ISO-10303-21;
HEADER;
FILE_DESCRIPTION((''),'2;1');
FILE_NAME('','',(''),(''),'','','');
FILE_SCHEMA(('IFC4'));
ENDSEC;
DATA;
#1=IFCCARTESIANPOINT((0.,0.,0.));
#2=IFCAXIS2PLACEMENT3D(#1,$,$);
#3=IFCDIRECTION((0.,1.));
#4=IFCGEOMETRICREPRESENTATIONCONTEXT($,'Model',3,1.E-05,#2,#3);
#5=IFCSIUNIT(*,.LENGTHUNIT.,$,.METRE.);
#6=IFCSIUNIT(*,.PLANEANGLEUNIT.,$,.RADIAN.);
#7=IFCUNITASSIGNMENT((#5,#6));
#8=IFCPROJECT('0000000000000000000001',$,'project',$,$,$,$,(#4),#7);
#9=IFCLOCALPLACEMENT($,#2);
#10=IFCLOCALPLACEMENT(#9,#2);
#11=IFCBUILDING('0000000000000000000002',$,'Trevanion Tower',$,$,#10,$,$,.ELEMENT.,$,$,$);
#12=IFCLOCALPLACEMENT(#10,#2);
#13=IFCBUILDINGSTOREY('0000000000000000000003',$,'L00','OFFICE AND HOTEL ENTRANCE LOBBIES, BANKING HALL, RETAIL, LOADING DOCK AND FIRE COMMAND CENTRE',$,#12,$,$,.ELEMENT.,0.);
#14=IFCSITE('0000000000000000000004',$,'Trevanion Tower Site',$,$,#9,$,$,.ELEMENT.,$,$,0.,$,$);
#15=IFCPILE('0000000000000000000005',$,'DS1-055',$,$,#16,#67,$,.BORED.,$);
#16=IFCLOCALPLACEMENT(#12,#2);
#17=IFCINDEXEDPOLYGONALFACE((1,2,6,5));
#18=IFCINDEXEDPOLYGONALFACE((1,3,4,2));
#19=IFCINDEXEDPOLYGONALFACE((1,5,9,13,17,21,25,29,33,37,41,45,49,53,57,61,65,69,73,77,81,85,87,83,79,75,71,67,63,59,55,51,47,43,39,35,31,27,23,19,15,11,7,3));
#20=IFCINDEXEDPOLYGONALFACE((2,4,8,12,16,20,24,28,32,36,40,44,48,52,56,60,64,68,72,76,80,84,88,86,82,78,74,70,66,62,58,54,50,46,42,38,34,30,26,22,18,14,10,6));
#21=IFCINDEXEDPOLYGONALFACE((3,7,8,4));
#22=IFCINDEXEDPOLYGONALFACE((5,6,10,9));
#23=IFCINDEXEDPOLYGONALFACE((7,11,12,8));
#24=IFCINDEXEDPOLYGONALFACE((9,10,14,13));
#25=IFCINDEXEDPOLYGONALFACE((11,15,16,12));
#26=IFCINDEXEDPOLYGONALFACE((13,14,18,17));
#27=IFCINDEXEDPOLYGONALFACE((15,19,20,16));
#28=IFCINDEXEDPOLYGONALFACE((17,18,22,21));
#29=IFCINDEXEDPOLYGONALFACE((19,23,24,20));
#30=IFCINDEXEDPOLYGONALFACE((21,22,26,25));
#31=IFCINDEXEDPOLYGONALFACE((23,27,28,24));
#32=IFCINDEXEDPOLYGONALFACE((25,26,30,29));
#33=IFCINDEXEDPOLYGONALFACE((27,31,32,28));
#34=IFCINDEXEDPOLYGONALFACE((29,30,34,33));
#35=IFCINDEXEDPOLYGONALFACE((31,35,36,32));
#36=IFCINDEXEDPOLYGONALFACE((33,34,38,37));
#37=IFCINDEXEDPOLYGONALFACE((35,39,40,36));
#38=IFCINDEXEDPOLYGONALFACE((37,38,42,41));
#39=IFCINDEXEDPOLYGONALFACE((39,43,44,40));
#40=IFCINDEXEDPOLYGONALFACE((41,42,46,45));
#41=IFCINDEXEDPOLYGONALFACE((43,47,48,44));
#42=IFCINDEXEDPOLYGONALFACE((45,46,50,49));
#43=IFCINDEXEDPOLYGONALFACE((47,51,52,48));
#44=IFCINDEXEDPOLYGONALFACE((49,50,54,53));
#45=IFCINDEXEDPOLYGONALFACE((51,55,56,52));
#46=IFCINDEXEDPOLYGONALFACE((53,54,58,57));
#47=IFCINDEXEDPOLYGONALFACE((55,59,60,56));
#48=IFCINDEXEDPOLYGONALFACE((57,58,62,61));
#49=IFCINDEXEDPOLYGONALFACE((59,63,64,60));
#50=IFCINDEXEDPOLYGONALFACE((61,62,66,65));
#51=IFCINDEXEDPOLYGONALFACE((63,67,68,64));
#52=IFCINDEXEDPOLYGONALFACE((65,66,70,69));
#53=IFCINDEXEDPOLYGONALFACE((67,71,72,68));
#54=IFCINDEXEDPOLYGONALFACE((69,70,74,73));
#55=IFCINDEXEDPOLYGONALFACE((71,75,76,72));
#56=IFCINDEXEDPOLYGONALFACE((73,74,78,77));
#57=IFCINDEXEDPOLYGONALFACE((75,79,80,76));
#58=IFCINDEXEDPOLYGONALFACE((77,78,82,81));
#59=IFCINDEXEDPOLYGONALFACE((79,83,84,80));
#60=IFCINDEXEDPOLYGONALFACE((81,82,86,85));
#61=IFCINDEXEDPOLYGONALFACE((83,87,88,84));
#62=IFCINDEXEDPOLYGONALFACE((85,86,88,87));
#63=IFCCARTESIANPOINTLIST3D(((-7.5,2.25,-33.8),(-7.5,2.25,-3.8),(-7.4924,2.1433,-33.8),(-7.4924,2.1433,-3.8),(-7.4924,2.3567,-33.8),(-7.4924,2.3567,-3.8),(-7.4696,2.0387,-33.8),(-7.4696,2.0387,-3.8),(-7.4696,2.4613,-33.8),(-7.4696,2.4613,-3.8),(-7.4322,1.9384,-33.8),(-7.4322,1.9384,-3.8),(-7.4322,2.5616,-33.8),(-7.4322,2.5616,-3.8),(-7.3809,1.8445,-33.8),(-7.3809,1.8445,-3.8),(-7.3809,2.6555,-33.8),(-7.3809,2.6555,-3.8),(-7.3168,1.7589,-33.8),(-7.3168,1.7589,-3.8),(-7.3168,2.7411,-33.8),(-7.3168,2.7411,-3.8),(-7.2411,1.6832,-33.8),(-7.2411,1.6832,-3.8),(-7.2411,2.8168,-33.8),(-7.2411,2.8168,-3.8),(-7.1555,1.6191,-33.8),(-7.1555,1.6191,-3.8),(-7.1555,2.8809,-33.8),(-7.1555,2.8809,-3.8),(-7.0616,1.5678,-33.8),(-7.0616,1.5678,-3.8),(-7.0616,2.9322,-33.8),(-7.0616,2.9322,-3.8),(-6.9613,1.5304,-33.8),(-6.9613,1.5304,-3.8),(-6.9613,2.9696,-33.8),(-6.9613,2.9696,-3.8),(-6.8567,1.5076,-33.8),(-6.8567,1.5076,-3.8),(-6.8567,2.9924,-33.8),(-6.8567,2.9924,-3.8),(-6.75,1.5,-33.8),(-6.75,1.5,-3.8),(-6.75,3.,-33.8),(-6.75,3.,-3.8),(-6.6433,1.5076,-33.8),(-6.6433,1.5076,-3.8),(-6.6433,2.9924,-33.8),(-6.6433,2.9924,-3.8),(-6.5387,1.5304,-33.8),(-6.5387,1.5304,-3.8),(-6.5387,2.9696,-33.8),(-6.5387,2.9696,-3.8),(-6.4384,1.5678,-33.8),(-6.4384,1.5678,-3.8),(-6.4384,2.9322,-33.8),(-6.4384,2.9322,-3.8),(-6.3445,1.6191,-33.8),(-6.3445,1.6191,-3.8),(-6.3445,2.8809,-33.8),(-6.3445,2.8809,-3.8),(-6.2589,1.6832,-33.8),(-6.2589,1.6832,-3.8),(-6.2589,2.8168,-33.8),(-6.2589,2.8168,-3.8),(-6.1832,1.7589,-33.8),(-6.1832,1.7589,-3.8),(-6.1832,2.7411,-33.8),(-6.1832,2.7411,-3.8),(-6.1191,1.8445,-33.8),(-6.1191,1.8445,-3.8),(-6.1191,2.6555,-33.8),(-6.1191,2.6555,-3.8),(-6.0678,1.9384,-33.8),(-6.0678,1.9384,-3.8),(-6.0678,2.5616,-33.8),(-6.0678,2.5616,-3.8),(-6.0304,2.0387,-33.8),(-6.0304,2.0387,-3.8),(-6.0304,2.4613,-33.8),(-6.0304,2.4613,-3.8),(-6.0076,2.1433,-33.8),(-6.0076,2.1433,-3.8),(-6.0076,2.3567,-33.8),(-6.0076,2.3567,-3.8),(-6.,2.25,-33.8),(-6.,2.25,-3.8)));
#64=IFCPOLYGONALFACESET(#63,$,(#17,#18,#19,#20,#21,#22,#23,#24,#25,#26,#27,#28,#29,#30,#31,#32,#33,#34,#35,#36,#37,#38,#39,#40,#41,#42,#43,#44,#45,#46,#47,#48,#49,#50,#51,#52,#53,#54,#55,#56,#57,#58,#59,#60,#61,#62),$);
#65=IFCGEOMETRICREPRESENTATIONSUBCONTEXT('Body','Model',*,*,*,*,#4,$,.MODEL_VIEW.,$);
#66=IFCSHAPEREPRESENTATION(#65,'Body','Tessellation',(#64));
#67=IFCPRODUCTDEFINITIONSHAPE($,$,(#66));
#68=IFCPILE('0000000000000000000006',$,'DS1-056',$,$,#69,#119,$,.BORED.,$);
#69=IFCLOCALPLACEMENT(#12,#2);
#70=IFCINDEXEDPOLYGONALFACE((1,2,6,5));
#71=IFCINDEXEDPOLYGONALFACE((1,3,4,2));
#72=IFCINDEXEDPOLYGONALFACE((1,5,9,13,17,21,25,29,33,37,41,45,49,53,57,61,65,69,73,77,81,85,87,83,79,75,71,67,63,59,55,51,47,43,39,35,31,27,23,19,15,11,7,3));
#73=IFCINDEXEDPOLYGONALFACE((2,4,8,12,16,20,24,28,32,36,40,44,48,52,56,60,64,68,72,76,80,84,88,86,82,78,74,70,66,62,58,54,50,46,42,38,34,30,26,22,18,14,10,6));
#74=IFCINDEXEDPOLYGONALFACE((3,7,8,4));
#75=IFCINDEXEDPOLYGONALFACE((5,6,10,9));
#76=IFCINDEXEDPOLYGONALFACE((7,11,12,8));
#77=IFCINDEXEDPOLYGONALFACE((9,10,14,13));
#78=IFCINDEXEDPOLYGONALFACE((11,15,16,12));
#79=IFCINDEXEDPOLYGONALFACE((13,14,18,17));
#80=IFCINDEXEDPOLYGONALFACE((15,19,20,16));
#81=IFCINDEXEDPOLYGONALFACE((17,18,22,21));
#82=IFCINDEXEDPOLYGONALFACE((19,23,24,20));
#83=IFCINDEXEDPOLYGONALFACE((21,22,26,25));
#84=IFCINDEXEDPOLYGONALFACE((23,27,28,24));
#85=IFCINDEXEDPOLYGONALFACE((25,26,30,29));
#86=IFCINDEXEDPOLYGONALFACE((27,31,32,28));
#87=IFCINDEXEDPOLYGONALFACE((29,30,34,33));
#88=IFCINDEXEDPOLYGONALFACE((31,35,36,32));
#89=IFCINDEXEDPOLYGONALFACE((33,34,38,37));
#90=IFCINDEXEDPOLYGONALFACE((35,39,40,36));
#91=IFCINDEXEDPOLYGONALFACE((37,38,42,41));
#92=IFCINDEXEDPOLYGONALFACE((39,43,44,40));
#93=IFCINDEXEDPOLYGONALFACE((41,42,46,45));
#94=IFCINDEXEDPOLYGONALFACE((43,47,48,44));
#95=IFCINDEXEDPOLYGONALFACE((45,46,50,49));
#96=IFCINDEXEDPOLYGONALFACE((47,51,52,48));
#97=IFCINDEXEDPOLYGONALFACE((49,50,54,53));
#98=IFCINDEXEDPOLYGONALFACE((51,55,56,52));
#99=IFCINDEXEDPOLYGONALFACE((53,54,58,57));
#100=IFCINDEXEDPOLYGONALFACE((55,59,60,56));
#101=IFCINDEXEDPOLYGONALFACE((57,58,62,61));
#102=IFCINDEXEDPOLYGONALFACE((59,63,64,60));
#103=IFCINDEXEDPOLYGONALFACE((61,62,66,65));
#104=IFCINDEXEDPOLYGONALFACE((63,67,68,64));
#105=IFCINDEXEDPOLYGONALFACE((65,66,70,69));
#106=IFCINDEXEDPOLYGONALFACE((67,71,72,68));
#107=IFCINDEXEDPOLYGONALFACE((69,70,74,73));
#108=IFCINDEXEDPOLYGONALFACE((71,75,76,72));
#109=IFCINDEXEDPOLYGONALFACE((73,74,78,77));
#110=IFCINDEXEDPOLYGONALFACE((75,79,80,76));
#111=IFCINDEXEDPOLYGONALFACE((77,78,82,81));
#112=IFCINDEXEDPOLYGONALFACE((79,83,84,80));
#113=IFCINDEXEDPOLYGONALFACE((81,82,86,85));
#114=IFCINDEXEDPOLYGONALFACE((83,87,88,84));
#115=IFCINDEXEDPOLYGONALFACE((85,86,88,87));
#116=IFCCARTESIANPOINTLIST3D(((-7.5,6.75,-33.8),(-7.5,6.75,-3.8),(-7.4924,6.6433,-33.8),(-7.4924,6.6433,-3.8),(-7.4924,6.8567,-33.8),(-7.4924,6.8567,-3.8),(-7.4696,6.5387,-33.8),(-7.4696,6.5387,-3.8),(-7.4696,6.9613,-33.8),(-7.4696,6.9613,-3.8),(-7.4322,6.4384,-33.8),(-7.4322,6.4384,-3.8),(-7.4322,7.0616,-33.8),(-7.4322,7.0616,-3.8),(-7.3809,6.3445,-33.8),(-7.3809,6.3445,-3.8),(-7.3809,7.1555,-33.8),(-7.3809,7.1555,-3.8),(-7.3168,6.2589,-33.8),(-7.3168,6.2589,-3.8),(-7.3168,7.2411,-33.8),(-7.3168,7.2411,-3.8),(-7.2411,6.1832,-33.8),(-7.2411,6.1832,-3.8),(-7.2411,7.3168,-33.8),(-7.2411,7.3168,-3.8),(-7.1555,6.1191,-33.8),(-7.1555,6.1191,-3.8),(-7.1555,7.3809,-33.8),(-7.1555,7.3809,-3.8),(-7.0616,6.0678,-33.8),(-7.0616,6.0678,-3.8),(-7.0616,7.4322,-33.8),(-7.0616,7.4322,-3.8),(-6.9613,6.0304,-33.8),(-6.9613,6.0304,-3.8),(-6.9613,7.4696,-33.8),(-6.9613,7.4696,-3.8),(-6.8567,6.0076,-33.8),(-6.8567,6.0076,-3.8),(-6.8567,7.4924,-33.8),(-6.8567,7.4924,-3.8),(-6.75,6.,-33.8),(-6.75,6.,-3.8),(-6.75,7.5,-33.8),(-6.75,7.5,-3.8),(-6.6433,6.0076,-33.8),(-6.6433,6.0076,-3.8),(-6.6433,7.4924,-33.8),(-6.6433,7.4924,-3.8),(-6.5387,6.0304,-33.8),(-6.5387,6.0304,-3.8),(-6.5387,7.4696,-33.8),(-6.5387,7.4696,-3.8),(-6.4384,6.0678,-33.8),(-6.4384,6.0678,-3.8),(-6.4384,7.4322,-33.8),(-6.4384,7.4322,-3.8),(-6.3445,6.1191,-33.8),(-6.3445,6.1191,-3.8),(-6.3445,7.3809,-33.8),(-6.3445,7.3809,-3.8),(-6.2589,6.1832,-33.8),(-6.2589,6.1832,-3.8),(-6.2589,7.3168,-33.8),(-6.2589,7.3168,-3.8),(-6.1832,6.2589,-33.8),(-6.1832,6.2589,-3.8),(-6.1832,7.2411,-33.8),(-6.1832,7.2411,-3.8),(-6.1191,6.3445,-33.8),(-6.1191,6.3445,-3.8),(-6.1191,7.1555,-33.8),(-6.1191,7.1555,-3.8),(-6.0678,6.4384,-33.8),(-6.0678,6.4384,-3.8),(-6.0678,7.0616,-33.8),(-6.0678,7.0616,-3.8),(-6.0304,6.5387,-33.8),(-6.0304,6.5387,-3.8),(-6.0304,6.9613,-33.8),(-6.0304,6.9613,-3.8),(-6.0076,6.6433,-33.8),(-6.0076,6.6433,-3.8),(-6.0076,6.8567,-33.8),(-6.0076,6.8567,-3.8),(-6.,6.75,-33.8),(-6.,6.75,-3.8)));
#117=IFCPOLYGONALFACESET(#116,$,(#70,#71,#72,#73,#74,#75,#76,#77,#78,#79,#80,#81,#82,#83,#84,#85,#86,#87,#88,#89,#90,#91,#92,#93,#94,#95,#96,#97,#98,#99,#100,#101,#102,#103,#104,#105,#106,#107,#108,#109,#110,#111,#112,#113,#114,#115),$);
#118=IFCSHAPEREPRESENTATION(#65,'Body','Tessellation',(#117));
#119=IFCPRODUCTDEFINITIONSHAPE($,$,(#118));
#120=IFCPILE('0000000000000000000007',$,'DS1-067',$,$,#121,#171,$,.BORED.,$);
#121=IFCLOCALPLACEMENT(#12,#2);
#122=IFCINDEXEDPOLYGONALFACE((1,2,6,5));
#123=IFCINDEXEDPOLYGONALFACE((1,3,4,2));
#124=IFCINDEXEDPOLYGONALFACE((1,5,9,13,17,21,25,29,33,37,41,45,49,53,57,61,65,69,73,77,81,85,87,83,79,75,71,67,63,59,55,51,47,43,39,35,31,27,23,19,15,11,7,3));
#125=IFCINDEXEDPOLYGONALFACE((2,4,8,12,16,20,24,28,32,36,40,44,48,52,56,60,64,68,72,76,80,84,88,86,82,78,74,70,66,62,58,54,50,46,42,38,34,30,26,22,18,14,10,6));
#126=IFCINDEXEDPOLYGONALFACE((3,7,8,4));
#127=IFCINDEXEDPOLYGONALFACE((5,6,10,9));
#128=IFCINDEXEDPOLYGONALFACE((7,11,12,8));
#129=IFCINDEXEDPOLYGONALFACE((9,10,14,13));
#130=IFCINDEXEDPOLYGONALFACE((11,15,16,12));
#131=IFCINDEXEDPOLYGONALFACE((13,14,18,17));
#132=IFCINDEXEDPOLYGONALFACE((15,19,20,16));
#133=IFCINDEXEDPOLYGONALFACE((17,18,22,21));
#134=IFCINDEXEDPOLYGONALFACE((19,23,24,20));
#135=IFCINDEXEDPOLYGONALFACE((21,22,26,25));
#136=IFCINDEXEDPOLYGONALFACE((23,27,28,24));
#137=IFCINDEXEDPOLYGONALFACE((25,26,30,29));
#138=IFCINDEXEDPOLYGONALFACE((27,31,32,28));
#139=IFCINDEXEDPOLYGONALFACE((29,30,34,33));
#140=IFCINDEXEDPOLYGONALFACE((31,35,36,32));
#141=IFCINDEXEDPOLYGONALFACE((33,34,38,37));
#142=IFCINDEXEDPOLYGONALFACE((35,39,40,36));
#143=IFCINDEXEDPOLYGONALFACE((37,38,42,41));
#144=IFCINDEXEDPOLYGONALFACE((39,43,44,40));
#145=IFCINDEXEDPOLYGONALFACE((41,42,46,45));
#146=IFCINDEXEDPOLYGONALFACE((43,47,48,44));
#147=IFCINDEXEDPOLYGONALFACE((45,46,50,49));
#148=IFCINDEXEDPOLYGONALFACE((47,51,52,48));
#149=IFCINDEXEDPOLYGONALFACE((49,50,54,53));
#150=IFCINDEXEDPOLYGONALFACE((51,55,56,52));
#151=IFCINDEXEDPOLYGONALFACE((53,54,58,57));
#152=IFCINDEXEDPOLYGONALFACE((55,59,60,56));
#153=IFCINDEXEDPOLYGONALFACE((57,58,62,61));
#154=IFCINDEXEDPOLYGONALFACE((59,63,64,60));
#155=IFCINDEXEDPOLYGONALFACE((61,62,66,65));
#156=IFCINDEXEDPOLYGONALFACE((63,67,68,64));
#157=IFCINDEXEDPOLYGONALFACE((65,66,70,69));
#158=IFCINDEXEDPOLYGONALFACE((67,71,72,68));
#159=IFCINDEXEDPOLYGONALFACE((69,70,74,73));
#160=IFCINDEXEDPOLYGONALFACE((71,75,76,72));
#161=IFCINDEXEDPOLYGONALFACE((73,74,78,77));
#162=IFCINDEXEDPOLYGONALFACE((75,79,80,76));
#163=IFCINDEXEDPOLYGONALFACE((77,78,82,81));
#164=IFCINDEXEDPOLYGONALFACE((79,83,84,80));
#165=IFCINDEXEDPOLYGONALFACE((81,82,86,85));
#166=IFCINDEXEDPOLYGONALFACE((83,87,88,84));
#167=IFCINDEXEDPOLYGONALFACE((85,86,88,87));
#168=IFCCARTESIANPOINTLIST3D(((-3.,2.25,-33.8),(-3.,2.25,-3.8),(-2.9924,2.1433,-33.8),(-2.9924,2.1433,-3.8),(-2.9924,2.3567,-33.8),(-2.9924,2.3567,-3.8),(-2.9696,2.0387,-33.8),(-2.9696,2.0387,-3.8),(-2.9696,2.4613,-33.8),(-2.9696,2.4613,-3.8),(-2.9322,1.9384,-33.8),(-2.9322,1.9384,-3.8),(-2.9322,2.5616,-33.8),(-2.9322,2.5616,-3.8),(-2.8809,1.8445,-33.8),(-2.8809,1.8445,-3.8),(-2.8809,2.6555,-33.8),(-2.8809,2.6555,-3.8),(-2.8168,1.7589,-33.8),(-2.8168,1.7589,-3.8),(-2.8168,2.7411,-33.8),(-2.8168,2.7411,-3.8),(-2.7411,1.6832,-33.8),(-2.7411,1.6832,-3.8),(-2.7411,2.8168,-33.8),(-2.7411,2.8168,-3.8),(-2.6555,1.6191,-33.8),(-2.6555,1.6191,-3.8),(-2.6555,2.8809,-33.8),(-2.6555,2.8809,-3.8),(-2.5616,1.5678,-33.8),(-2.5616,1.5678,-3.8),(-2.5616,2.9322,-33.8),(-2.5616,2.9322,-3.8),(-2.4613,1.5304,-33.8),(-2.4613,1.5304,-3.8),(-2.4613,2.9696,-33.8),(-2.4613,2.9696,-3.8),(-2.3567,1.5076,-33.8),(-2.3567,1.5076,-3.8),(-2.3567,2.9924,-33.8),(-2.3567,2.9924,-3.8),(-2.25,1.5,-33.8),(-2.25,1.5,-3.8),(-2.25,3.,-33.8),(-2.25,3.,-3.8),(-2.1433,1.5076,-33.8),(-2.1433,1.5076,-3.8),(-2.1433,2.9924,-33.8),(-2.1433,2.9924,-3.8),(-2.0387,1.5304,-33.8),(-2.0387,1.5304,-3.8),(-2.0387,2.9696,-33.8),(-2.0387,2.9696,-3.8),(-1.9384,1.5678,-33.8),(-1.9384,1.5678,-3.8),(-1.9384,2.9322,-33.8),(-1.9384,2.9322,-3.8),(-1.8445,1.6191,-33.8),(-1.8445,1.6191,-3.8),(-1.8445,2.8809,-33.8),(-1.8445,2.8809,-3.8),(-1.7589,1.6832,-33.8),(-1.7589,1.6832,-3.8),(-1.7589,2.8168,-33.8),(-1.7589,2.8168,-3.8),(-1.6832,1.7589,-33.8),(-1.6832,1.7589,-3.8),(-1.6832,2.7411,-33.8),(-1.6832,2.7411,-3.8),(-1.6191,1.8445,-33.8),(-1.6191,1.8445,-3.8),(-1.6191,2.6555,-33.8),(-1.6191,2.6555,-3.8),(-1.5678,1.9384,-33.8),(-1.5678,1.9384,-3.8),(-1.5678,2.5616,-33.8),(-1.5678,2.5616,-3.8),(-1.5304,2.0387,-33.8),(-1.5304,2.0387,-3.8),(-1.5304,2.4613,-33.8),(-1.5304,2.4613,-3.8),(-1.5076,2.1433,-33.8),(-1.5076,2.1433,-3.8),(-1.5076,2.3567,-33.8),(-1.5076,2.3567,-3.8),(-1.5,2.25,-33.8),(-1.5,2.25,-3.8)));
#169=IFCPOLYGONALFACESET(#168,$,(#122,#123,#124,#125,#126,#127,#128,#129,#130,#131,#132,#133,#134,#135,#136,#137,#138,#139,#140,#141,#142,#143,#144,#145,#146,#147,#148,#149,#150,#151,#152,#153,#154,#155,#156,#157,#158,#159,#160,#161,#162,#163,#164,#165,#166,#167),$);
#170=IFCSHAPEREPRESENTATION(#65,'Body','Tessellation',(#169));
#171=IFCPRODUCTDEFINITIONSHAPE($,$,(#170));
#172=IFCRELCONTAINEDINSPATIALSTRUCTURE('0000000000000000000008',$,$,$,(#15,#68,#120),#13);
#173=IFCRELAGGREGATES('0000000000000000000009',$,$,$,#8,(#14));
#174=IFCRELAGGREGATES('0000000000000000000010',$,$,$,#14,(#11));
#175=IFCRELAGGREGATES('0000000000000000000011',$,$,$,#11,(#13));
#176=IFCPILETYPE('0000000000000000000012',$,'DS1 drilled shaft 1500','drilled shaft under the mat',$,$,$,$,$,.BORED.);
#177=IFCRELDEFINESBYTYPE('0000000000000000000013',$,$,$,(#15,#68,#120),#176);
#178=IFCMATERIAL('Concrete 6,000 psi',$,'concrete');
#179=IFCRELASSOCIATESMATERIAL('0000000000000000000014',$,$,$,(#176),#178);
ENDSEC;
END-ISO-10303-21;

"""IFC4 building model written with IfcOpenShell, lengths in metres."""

from ifc_helpers import new_model, si_unit, direction, frame, origin, origin_2d, place, context, subcontext, project, spatial, circle, extrude, material, material_profile, profile_set, type_object, element, save


model = new_model("IFC4")

# Units and contexts
model_context = context("Model", 3, precision=1e-05, world=origin(), true_north=direction((0.0, 1.0)))
body_context = subcontext(model_context, "Body", "Model", "MODEL_VIEW")
ifc_project = project(units=[si_unit("LENGTHUNIT", "METRE"), si_unit("PLANEANGLEUNIT", "RADIAN")], contexts=[model_context])

# Site, building, storey
site_placement = place(None, origin())
site = spatial("IfcSite", under=ifc_project, at=site_placement, Name="Trevanion Tower Site", CompositionType="ELEMENT", RefElevation=0.0)
building_placement = place(site_placement, origin())
building = spatial("IfcBuilding", under=site, at=building_placement, Name="Trevanion Tower", CompositionType="ELEMENT")
storey_placement = place(building_placement, origin())
storey = spatial("IfcBuildingStorey", under=building, at=storey_placement, Name="L00", Description="OFFICE AND HOTEL ENTRANCE LOBBIES, BANKING HALL, RETAIL, LOADING DOCK AND FIRE COMMAND CENTRE", CompositionType="ELEMENT", Elevation=0.0)

# Piles
ifc_material_1 = material(Name="Concrete 6,000 psi", Category="concrete")
ifc_material_profile = material_profile(ifc_material_1, circle(Radius=0.75, at=origin_2d()), Name="DS1 drilled shaft 1500")
ifc_profile_set = profile_set([ifc_material_profile], Name="Concrete 6,000 psi")
pile_type = type_object("IfcPileType", Name="DS1 drilled shaft 1500", Description="drilled shaft under the mat", PredefinedType="BORED", material=ifc_profile_set)
for number, where, z_axis, x_axis, name in (
    (1, (-6.75, 2.25, -3.8), (0.0, 0.0, -1.0), (1.0, 0.0, 0.0), "DS1-055"),
    (2, (-6.75, 6.75, -3.8), (0.0, 0.0, -1.0), (1.0, 0.0, 0.0), "DS1-056"),
    (3, (-2.25, 2.25, -3.8), (0.0, 0.0, -1.0), (1.0, 0.0, 0.0), "DS1-067"),
):
    element("IfcPile", number, at=place(storey_placement, frame(where, z_axis=z_axis, x_axis=x_axis)), inside=storey, type_object=pile_type, Name=name, PredefinedType="BORED", context=body_context, shape_type="SweptSolid", body=[
        extrude(circle(Radius=0.75, at=origin_2d()), origin(), (0.0, 0.0, 1.0), 30.0),
    ])

save(model, "model.ifc")
